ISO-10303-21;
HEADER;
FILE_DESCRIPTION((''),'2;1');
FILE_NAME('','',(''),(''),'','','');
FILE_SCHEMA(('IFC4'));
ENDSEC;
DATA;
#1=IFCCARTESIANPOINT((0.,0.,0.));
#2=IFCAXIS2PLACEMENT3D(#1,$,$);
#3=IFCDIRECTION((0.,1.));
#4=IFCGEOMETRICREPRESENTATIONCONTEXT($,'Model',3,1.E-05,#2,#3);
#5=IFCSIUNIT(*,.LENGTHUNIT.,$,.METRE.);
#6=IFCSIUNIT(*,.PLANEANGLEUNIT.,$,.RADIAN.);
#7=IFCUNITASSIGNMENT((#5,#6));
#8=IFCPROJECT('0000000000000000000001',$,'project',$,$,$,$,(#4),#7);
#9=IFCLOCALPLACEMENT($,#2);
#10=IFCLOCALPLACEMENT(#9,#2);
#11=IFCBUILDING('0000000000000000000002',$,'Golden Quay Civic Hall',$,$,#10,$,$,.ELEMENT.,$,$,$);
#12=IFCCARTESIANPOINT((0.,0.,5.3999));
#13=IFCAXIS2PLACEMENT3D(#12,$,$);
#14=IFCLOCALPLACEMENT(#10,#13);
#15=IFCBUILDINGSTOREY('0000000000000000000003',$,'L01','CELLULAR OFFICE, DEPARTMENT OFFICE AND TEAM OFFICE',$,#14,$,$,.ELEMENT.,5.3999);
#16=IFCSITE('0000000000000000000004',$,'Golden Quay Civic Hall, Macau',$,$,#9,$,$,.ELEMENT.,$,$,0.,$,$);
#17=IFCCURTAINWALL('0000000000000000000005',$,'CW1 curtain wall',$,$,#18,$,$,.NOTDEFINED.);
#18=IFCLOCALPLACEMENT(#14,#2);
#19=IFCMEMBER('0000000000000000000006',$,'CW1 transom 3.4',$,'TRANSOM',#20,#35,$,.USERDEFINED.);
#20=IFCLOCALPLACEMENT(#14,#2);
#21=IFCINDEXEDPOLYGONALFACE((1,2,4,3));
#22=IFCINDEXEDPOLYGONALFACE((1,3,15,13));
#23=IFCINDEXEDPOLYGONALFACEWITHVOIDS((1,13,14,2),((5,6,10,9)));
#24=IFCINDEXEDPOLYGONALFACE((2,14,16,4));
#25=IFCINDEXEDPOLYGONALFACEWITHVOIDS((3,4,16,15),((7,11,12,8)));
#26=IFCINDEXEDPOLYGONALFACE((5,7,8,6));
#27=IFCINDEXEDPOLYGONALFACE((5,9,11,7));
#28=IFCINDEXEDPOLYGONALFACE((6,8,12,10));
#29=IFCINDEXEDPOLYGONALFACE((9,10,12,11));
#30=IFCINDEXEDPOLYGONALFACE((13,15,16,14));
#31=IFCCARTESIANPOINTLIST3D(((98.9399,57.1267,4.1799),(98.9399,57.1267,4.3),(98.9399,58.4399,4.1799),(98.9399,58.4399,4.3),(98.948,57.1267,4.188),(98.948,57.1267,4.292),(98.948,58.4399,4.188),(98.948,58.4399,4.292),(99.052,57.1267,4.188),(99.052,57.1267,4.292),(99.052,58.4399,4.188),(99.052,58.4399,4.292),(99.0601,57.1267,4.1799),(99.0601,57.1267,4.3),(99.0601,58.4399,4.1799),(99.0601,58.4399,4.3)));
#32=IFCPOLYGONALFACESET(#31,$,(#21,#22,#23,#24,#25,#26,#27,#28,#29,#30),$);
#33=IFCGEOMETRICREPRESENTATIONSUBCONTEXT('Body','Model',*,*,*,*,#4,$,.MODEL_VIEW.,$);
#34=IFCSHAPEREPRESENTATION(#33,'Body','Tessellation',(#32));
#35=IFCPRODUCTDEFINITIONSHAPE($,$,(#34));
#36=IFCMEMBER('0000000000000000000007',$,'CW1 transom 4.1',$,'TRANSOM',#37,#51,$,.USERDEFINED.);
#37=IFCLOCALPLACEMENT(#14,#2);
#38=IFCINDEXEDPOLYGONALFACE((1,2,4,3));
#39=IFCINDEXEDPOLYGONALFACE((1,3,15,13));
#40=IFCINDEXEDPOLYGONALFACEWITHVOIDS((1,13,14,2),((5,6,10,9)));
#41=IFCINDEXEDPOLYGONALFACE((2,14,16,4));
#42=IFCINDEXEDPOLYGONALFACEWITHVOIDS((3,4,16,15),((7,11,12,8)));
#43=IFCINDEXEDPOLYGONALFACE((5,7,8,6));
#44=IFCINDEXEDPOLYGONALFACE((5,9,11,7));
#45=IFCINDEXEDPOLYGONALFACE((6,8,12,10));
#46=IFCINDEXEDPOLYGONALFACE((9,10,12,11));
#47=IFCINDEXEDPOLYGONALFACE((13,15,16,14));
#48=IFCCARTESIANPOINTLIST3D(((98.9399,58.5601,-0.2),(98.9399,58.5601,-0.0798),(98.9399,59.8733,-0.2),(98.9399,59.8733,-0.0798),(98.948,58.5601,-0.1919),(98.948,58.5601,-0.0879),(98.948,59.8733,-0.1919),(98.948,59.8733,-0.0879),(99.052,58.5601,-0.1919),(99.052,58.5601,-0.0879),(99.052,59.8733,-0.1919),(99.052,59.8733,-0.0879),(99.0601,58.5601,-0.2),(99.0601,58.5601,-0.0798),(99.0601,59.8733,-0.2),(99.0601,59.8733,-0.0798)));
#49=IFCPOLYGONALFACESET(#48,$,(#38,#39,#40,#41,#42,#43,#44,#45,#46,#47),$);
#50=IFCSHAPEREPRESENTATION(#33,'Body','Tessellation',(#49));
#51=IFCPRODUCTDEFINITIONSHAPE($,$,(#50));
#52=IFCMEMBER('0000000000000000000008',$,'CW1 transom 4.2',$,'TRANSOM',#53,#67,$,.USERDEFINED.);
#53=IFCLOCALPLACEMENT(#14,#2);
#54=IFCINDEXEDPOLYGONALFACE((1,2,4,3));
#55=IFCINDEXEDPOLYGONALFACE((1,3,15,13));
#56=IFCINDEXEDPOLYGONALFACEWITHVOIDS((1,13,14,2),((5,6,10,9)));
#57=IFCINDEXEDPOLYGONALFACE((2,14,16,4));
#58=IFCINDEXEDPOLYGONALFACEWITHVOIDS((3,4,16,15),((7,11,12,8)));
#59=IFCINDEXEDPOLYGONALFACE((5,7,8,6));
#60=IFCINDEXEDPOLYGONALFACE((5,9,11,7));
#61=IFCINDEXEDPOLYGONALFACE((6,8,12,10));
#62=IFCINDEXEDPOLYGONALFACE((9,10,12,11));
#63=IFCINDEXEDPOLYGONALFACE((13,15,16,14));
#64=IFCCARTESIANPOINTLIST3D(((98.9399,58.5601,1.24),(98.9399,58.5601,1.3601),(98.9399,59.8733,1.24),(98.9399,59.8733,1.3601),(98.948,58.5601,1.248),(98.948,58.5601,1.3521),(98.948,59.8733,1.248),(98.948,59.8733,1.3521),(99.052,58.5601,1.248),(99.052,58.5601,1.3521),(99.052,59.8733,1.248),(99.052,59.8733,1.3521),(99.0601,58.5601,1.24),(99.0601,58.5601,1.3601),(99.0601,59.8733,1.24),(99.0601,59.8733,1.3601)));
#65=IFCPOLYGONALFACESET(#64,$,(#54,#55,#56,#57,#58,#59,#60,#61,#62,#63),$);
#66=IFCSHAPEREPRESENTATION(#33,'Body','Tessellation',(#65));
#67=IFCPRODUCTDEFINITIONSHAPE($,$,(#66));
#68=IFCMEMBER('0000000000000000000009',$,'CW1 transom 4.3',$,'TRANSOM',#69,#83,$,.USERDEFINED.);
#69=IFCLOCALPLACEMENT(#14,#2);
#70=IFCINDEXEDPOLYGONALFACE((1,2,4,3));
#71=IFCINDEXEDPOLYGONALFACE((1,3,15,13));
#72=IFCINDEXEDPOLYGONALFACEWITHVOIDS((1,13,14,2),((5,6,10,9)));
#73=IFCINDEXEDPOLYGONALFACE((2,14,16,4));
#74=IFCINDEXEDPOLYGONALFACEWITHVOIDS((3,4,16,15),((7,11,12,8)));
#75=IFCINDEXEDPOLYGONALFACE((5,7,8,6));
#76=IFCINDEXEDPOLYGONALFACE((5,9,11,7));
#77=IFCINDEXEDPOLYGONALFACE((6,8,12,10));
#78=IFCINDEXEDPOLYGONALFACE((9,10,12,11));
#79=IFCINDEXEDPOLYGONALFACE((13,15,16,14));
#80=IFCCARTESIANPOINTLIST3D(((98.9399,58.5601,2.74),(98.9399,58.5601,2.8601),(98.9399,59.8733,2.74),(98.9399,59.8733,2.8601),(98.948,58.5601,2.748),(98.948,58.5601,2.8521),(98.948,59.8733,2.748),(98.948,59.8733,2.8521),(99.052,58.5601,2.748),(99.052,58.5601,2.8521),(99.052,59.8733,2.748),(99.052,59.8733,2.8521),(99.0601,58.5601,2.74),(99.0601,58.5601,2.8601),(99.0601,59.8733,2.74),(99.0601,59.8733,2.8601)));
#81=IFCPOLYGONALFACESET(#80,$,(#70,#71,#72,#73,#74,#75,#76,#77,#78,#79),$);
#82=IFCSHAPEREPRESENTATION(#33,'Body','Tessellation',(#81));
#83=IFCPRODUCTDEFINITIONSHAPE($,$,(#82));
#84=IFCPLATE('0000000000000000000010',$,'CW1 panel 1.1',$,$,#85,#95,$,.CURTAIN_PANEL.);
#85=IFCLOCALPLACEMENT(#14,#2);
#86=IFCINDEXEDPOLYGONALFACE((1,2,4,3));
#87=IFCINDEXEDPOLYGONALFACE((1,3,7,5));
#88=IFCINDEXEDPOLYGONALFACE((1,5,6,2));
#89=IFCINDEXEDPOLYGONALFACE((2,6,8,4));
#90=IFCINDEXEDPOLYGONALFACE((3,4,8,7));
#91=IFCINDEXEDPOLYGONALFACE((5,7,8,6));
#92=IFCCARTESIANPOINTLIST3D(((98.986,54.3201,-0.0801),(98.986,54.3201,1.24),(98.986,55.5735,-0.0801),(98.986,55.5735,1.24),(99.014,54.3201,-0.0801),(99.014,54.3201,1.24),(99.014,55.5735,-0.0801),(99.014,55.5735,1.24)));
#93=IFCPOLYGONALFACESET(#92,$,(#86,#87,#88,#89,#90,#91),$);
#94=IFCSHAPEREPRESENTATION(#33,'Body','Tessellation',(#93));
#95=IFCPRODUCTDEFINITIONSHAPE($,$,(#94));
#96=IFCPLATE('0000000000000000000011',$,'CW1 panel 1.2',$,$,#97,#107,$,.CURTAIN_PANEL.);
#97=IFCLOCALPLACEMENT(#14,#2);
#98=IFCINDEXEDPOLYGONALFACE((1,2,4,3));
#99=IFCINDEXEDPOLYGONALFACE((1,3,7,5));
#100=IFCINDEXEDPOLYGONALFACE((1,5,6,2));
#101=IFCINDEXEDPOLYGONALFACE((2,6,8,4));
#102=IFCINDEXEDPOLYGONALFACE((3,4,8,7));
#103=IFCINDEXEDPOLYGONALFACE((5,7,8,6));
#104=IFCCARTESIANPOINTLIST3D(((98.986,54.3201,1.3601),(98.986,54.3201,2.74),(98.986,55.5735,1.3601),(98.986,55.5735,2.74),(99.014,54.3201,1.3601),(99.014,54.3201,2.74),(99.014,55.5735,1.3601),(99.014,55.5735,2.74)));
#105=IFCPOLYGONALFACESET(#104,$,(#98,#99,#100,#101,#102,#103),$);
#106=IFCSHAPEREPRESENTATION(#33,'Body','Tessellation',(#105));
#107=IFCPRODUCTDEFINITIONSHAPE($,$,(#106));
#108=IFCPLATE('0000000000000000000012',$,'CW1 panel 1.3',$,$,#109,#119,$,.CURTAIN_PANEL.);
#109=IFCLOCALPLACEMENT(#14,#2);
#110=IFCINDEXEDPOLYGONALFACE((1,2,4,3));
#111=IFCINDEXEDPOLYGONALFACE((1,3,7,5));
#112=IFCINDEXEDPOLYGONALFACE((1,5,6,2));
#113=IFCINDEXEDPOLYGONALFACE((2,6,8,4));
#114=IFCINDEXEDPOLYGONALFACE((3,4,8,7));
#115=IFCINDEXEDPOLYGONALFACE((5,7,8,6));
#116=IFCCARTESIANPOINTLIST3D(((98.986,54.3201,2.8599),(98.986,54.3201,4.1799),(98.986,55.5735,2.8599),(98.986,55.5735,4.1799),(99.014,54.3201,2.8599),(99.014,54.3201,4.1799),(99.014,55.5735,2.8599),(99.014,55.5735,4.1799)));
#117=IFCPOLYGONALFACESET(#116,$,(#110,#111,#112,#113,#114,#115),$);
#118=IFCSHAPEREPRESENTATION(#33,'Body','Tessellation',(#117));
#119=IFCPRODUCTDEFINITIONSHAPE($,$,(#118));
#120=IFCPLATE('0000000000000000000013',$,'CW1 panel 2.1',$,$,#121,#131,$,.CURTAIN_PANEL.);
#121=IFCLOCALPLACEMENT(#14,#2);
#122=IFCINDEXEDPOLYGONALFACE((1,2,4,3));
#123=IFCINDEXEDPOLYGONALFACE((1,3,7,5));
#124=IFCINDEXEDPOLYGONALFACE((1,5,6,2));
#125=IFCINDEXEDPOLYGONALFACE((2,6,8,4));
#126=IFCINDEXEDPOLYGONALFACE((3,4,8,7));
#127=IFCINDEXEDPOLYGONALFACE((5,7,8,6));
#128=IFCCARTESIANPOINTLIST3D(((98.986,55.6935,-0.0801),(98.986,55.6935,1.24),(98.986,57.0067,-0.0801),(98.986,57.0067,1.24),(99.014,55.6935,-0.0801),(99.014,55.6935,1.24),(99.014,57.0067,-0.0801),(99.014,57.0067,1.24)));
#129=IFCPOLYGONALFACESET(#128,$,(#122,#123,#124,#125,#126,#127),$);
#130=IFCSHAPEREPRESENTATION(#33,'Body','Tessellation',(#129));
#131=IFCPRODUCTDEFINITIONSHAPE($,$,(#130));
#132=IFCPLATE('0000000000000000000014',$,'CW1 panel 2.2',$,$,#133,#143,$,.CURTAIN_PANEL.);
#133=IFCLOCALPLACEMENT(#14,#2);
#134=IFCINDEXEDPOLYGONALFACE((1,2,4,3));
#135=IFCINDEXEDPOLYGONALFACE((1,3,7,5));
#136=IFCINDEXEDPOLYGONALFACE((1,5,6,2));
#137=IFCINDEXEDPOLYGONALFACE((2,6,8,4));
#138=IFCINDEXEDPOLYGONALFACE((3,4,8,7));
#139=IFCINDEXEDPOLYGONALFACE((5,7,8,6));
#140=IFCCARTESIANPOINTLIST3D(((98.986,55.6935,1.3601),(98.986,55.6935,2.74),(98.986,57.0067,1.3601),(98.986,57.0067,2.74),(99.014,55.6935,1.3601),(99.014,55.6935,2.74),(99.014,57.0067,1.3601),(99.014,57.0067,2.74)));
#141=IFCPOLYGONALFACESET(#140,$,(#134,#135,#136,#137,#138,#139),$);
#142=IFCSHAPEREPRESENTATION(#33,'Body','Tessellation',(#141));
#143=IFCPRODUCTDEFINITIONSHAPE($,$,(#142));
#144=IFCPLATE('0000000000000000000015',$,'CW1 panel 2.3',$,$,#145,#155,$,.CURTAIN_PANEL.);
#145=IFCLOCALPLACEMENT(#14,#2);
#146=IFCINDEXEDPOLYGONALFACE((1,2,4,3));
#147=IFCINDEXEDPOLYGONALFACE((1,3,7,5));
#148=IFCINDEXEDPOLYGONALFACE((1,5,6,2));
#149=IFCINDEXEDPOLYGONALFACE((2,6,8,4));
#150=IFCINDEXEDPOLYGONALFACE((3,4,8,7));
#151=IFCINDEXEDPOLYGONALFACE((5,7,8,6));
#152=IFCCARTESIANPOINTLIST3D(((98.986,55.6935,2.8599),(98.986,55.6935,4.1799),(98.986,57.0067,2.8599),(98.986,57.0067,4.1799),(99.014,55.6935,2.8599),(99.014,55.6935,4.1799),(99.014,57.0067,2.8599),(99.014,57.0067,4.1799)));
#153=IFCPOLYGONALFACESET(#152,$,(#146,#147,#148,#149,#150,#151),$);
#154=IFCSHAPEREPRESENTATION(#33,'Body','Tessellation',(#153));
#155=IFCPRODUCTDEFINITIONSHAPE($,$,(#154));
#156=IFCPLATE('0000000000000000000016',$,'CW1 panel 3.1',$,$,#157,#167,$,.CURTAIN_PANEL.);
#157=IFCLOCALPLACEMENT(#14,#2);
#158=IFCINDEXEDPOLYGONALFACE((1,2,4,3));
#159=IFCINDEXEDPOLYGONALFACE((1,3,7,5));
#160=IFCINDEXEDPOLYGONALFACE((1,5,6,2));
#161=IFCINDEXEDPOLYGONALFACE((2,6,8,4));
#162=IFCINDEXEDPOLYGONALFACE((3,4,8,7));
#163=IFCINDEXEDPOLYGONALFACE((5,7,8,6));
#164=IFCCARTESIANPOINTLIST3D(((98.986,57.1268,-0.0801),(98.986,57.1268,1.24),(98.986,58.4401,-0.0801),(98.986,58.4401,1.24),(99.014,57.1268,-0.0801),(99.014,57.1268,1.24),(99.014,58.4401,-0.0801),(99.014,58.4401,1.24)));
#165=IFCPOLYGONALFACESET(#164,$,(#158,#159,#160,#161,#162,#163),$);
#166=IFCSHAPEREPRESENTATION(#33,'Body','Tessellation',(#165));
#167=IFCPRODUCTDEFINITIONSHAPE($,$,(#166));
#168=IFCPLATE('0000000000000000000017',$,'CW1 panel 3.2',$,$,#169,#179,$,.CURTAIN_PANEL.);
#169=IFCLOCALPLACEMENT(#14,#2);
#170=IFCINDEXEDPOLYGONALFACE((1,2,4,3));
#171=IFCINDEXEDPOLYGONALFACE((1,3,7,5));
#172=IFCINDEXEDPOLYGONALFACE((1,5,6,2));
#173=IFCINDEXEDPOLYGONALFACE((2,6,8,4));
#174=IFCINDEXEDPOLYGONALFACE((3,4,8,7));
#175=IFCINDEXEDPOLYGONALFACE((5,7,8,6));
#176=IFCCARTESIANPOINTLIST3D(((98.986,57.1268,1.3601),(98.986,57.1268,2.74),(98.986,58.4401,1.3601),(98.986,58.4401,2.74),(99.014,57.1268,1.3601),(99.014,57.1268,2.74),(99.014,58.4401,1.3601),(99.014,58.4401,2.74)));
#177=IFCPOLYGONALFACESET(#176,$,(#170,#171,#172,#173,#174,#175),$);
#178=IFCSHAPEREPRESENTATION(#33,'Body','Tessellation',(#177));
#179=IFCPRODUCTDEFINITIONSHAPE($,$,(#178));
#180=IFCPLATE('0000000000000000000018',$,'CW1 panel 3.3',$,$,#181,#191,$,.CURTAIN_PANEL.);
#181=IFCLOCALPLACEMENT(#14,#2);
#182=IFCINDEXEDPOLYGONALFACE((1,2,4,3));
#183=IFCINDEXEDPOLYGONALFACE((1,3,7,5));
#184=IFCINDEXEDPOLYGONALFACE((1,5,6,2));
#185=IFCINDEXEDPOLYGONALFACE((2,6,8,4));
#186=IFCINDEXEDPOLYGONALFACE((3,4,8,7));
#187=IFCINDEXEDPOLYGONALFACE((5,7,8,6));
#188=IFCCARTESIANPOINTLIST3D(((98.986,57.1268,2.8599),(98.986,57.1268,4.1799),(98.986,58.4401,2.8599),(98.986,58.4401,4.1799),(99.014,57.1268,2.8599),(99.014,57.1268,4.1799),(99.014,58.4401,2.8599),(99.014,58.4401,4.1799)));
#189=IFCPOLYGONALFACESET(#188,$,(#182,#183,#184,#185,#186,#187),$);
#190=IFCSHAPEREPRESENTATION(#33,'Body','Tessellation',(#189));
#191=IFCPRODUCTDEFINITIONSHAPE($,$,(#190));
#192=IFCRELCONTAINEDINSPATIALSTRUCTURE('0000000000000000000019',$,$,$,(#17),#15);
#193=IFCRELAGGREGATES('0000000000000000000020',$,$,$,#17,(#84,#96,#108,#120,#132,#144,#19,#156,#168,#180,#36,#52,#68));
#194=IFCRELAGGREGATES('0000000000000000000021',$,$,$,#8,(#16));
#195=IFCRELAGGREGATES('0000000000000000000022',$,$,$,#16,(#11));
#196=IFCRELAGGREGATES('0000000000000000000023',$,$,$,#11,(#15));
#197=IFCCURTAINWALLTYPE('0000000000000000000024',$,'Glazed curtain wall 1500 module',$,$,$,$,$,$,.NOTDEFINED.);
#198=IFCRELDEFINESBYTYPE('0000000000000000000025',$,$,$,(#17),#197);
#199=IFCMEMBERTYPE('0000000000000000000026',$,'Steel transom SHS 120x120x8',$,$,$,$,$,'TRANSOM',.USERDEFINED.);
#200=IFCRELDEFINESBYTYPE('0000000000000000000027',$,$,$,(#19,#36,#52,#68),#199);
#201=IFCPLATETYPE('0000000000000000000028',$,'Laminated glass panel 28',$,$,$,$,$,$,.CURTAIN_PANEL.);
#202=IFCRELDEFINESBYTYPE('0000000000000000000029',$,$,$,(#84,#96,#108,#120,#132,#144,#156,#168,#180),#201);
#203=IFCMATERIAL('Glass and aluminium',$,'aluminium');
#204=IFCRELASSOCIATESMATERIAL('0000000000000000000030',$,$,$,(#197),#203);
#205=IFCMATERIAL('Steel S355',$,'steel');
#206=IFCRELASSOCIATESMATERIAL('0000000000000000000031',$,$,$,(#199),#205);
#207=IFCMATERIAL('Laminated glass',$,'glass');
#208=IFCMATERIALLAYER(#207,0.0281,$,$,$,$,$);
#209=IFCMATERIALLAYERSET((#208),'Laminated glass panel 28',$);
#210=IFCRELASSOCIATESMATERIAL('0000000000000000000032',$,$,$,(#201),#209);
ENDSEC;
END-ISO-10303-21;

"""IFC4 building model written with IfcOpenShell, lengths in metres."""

from ifc_helpers import new_model, si_unit, direction, frame, origin, origin_2d, place, context, subcontext, project, spatial, rectangle, hollow_rectangle, extrude, material, layer, layer_set, material_profile, profile_set, type_object, element, aggregate, save


model = new_model("IFC4")

# Units and contexts
model_context = context("Model", 3, precision=1e-05, world=origin(), true_north=direction((0.0, 1.0)))
body_context = subcontext(model_context, "Body", "Model", "MODEL_VIEW")
ifc_project = project(units=[si_unit("LENGTHUNIT", "METRE"), si_unit("PLANEANGLEUNIT", "RADIAN")], contexts=[model_context])

# Site, building, storey
site_placement = place(None, origin())
site = spatial("IfcSite", under=ifc_project, at=site_placement, Name="Golden Quay Civic Hall, Macau", CompositionType="ELEMENT", RefElevation=0.0)
building_placement = place(site_placement, origin())
building = spatial("IfcBuilding", under=site, at=building_placement, Name="Golden Quay Civic Hall", CompositionType="ELEMENT")
storey_placement = place(building_placement, frame((0.0, 0.0, 5.3999)))
storey = spatial("IfcBuildingStorey", under=building, at=storey_placement, Name="L01", Description="CELLULAR OFFICE, DEPARTMENT OFFICE AND TEAM OFFICE", CompositionType="ELEMENT", Elevation=5.3999)

# Curtain wall, members, plates
ifc_material_1 = material(Name="Glass and aluminium", Category="aluminium")
curtain_wall_type = type_object("IfcCurtainWallType", Name="Glazed curtain wall 1500 module", PredefinedType="NOTDEFINED", material=ifc_material_1)
curtain_wall_placement = place(storey_placement, origin())
curtain_wall = element("IfcCurtainWall", 1, at=curtain_wall_placement, inside=storey, type_object=curtain_wall_type, Name="CW1 curtain wall", PredefinedType="NOTDEFINED")
ifc_material_2 = material(Name="Steel S355", Category="steel")
ifc_material_profile_1 = material_profile(ifc_material_2, hollow_rectangle(XDim=0.1201, YDim=0.1201, WallThickness=0.0081, at=origin_2d()), Name="SHS 120x120x8")
ifc_profile_set_1 = profile_set([ifc_material_profile_1], Name="Steel S355")
member_type_1 = type_object("IfcMemberType", Name="Steel transom SHS 120x120x8", ElementType="TRANSOM", PredefinedType="USERDEFINED", material=ifc_profile_set_1)
member_1_placement = place(storey_placement, frame((99.0, 57.1267, 4.24), z_axis=(0.0, 1.0, 0.0), x_axis=(-1.0, 0.0, 0.0)))
member_1 = element("IfcMember", 2, at=member_1_placement, type_object=member_type_1, Name="CW1 transom 3.4", ObjectType="TRANSOM", PredefinedType="USERDEFINED", context=body_context, shape_type="SweptSolid", body=[
    extrude(hollow_rectangle(XDim=0.1201, YDim=0.1201, WallThickness=0.0081, at=origin_2d()), origin(), (0.0, 0.0, 1.0), 1.3132),
])
member_2_placement = place(storey_placement, frame((99.0, 58.5601, -0.1399), z_axis=(0.0, 1.0, 0.0), x_axis=(-1.0, 0.0, 0.0)))
member_2 = element("IfcMember", 3, at=member_2_placement, type_object=member_type_1, Name="CW1 transom 4.1", ObjectType="TRANSOM", PredefinedType="USERDEFINED", context=body_context, shape_type="SweptSolid", body=[
    extrude(hollow_rectangle(XDim=0.1201, YDim=0.1201, WallThickness=0.0081, at=origin_2d()), origin(), (0.0, 0.0, 1.0), 1.3132),
])
member_3_placement = place(storey_placement, frame((99.0, 58.5601, 1.3), z_axis=(0.0, 1.0, 0.0), x_axis=(-1.0, 0.0, 0.0)))
member_3 = element("IfcMember", 4, at=member_3_placement, type_object=member_type_1, Name="CW1 transom 4.2", ObjectType="TRANSOM", PredefinedType="USERDEFINED", context=body_context, shape_type="SweptSolid", body=[
    extrude(hollow_rectangle(XDim=0.1201, YDim=0.1201, WallThickness=0.0081, at=origin_2d()), origin(), (0.0, 0.0, 1.0), 1.3132),
])
member_4_placement = place(storey_placement, frame((99.0, 58.5601, 2.8), z_axis=(0.0, 1.0, 0.0), x_axis=(-1.0, 0.0, 0.0)))
member_4 = element("IfcMember", 5, at=member_4_placement, type_object=member_type_1, Name="CW1 transom 4.3", ObjectType="TRANSOM", PredefinedType="USERDEFINED", context=body_context, shape_type="SweptSolid", body=[
    extrude(hollow_rectangle(XDim=0.1201, YDim=0.1201, WallThickness=0.0081, at=origin_2d()), origin(), (0.0, 0.0, 1.0), 1.3132),
])
ifc_material_3 = material(Name="Laminated glass", Category="glass")
ifc_layer = layer(ifc_material_3, 0.0281)
ifc_layer_set = layer_set([ifc_layer], Name="Laminated glass panel 28")
plate_type = type_object("IfcPlateType", Name="Laminated glass panel 28", PredefinedType="CURTAIN_PANEL", material=ifc_layer_set)
plate_1_placement = place(storey_placement, frame((99.0, 54.9468, -0.0801), z_axis=(0.0, 0.0, 1.0), x_axis=(0.0, 1.0, 0.0)))
plate_1 = element("IfcPlate", 6, at=plate_1_placement, type_object=plate_type, Name="CW1 panel 1.1", PredefinedType="CURTAIN_PANEL", context=body_context, shape_type="SweptSolid", body=[
    extrude(rectangle(XDim=1.2534, YDim=0.0281, at=origin_2d()), origin(), (0.0, 0.0, 1.0), 1.3201),
])
plate_2_placement = place(storey_placement, frame((99.0, 54.9468, 1.3601), z_axis=(0.0, 0.0, 1.0), x_axis=(0.0, 1.0, 0.0)))
plate_2 = element("IfcPlate", 7, at=plate_2_placement, type_object=plate_type, Name="CW1 panel 1.2", PredefinedType="CURTAIN_PANEL", context=body_context, shape_type="SweptSolid", body=[
    extrude(rectangle(XDim=1.2534, YDim=0.0281, at=origin_2d()), origin(), (0.0, 0.0, 1.0), 1.3799),
])
plate_3_placement = place(storey_placement, frame((99.0, 54.9468, 2.8599), z_axis=(0.0, 0.0, 1.0), x_axis=(0.0, 1.0, 0.0)))
plate_3 = element("IfcPlate", 8, at=plate_3_placement, type_object=plate_type, Name="CW1 panel 1.3", PredefinedType="CURTAIN_PANEL", context=body_context, shape_type="SweptSolid", body=[
    extrude(rectangle(XDim=1.2534, YDim=0.0281, at=origin_2d()), origin(), (0.0, 0.0, 1.0), 1.3201),
])
plate_4_placement = place(storey_placement, frame((99.0, 56.3501, -0.0801), z_axis=(0.0, 0.0, 1.0), x_axis=(0.0, 1.0, 0.0)))
plate_4 = element("IfcPlate", 9, at=plate_4_placement, type_object=plate_type, Name="CW1 panel 2.1", PredefinedType="CURTAIN_PANEL", context=body_context, shape_type="SweptSolid", body=[
    extrude(rectangle(XDim=1.3132, YDim=0.0281, at=origin_2d()), origin(), (0.0, 0.0, 1.0), 1.3201),
])
plate_5_placement = place(storey_placement, frame((99.0, 56.3501, 1.3601), z_axis=(0.0, 0.0, 1.0), x_axis=(0.0, 1.0, 0.0)))
plate_5 = element("IfcPlate", 10, at=plate_5_placement, type_object=plate_type, Name="CW1 panel 2.2", PredefinedType="CURTAIN_PANEL", context=body_context, shape_type="SweptSolid", body=[
    extrude(rectangle(XDim=1.3132, YDim=0.0281, at=origin_2d()), origin(), (0.0, 0.0, 1.0), 1.3799),
])
plate_6_placement = place(storey_placement, frame((99.0, 56.3501, 2.8599), z_axis=(0.0, 0.0, 1.0), x_axis=(0.0, 1.0, 0.0)))
plate_6 = element("IfcPlate", 11, at=plate_6_placement, type_object=plate_type, Name="CW1 panel 2.3", PredefinedType="CURTAIN_PANEL", context=body_context, shape_type="SweptSolid", body=[
    extrude(rectangle(XDim=1.3132, YDim=0.0281, at=origin_2d()), origin(), (0.0, 0.0, 1.0), 1.3201),
])
plate_7_placement = place(storey_placement, frame((99.0, 57.7834, -0.0801), z_axis=(0.0, 0.0, 1.0), x_axis=(0.0, 1.0, 0.0)))
plate_7 = element("IfcPlate", 12, at=plate_7_placement, type_object=plate_type, Name="CW1 panel 3.1", PredefinedType="CURTAIN_PANEL", context=body_context, shape_type="SweptSolid", body=[
    extrude(rectangle(XDim=1.3132, YDim=0.0281, at=origin_2d()), origin(), (0.0, 0.0, 1.0), 1.3201),
])
plate_8_placement = place(storey_placement, frame((99.0, 57.7834, 1.3601), z_axis=(0.0, 0.0, 1.0), x_axis=(0.0, 1.0, 0.0)))
plate_8 = element("IfcPlate", 13, at=plate_8_placement, type_object=plate_type, Name="CW1 panel 3.2", PredefinedType="CURTAIN_PANEL", context=body_context, shape_type="SweptSolid", body=[
    extrude(rectangle(XDim=1.3132, YDim=0.0281, at=origin_2d()), origin(), (0.0, 0.0, 1.0), 1.3799),
])
plate_9_placement = place(storey_placement, frame((99.0, 57.7834, 2.8599), z_axis=(0.0, 0.0, 1.0), x_axis=(0.0, 1.0, 0.0)))
plate_9 = element("IfcPlate", 14, at=plate_9_placement, type_object=plate_type, Name="CW1 panel 3.3", PredefinedType="CURTAIN_PANEL", context=body_context, shape_type="SweptSolid", body=[
    extrude(rectangle(XDim=1.3132, YDim=0.0281, at=origin_2d()), origin(), (0.0, 0.0, 1.0), 1.3201),
])
aggregate(curtain_wall, [plate_1, plate_2, plate_3, plate_4, plate_5, plate_6, member_1, plate_7, plate_8, plate_9, member_2, member_3, member_4])

save(model, "model.ifc")
